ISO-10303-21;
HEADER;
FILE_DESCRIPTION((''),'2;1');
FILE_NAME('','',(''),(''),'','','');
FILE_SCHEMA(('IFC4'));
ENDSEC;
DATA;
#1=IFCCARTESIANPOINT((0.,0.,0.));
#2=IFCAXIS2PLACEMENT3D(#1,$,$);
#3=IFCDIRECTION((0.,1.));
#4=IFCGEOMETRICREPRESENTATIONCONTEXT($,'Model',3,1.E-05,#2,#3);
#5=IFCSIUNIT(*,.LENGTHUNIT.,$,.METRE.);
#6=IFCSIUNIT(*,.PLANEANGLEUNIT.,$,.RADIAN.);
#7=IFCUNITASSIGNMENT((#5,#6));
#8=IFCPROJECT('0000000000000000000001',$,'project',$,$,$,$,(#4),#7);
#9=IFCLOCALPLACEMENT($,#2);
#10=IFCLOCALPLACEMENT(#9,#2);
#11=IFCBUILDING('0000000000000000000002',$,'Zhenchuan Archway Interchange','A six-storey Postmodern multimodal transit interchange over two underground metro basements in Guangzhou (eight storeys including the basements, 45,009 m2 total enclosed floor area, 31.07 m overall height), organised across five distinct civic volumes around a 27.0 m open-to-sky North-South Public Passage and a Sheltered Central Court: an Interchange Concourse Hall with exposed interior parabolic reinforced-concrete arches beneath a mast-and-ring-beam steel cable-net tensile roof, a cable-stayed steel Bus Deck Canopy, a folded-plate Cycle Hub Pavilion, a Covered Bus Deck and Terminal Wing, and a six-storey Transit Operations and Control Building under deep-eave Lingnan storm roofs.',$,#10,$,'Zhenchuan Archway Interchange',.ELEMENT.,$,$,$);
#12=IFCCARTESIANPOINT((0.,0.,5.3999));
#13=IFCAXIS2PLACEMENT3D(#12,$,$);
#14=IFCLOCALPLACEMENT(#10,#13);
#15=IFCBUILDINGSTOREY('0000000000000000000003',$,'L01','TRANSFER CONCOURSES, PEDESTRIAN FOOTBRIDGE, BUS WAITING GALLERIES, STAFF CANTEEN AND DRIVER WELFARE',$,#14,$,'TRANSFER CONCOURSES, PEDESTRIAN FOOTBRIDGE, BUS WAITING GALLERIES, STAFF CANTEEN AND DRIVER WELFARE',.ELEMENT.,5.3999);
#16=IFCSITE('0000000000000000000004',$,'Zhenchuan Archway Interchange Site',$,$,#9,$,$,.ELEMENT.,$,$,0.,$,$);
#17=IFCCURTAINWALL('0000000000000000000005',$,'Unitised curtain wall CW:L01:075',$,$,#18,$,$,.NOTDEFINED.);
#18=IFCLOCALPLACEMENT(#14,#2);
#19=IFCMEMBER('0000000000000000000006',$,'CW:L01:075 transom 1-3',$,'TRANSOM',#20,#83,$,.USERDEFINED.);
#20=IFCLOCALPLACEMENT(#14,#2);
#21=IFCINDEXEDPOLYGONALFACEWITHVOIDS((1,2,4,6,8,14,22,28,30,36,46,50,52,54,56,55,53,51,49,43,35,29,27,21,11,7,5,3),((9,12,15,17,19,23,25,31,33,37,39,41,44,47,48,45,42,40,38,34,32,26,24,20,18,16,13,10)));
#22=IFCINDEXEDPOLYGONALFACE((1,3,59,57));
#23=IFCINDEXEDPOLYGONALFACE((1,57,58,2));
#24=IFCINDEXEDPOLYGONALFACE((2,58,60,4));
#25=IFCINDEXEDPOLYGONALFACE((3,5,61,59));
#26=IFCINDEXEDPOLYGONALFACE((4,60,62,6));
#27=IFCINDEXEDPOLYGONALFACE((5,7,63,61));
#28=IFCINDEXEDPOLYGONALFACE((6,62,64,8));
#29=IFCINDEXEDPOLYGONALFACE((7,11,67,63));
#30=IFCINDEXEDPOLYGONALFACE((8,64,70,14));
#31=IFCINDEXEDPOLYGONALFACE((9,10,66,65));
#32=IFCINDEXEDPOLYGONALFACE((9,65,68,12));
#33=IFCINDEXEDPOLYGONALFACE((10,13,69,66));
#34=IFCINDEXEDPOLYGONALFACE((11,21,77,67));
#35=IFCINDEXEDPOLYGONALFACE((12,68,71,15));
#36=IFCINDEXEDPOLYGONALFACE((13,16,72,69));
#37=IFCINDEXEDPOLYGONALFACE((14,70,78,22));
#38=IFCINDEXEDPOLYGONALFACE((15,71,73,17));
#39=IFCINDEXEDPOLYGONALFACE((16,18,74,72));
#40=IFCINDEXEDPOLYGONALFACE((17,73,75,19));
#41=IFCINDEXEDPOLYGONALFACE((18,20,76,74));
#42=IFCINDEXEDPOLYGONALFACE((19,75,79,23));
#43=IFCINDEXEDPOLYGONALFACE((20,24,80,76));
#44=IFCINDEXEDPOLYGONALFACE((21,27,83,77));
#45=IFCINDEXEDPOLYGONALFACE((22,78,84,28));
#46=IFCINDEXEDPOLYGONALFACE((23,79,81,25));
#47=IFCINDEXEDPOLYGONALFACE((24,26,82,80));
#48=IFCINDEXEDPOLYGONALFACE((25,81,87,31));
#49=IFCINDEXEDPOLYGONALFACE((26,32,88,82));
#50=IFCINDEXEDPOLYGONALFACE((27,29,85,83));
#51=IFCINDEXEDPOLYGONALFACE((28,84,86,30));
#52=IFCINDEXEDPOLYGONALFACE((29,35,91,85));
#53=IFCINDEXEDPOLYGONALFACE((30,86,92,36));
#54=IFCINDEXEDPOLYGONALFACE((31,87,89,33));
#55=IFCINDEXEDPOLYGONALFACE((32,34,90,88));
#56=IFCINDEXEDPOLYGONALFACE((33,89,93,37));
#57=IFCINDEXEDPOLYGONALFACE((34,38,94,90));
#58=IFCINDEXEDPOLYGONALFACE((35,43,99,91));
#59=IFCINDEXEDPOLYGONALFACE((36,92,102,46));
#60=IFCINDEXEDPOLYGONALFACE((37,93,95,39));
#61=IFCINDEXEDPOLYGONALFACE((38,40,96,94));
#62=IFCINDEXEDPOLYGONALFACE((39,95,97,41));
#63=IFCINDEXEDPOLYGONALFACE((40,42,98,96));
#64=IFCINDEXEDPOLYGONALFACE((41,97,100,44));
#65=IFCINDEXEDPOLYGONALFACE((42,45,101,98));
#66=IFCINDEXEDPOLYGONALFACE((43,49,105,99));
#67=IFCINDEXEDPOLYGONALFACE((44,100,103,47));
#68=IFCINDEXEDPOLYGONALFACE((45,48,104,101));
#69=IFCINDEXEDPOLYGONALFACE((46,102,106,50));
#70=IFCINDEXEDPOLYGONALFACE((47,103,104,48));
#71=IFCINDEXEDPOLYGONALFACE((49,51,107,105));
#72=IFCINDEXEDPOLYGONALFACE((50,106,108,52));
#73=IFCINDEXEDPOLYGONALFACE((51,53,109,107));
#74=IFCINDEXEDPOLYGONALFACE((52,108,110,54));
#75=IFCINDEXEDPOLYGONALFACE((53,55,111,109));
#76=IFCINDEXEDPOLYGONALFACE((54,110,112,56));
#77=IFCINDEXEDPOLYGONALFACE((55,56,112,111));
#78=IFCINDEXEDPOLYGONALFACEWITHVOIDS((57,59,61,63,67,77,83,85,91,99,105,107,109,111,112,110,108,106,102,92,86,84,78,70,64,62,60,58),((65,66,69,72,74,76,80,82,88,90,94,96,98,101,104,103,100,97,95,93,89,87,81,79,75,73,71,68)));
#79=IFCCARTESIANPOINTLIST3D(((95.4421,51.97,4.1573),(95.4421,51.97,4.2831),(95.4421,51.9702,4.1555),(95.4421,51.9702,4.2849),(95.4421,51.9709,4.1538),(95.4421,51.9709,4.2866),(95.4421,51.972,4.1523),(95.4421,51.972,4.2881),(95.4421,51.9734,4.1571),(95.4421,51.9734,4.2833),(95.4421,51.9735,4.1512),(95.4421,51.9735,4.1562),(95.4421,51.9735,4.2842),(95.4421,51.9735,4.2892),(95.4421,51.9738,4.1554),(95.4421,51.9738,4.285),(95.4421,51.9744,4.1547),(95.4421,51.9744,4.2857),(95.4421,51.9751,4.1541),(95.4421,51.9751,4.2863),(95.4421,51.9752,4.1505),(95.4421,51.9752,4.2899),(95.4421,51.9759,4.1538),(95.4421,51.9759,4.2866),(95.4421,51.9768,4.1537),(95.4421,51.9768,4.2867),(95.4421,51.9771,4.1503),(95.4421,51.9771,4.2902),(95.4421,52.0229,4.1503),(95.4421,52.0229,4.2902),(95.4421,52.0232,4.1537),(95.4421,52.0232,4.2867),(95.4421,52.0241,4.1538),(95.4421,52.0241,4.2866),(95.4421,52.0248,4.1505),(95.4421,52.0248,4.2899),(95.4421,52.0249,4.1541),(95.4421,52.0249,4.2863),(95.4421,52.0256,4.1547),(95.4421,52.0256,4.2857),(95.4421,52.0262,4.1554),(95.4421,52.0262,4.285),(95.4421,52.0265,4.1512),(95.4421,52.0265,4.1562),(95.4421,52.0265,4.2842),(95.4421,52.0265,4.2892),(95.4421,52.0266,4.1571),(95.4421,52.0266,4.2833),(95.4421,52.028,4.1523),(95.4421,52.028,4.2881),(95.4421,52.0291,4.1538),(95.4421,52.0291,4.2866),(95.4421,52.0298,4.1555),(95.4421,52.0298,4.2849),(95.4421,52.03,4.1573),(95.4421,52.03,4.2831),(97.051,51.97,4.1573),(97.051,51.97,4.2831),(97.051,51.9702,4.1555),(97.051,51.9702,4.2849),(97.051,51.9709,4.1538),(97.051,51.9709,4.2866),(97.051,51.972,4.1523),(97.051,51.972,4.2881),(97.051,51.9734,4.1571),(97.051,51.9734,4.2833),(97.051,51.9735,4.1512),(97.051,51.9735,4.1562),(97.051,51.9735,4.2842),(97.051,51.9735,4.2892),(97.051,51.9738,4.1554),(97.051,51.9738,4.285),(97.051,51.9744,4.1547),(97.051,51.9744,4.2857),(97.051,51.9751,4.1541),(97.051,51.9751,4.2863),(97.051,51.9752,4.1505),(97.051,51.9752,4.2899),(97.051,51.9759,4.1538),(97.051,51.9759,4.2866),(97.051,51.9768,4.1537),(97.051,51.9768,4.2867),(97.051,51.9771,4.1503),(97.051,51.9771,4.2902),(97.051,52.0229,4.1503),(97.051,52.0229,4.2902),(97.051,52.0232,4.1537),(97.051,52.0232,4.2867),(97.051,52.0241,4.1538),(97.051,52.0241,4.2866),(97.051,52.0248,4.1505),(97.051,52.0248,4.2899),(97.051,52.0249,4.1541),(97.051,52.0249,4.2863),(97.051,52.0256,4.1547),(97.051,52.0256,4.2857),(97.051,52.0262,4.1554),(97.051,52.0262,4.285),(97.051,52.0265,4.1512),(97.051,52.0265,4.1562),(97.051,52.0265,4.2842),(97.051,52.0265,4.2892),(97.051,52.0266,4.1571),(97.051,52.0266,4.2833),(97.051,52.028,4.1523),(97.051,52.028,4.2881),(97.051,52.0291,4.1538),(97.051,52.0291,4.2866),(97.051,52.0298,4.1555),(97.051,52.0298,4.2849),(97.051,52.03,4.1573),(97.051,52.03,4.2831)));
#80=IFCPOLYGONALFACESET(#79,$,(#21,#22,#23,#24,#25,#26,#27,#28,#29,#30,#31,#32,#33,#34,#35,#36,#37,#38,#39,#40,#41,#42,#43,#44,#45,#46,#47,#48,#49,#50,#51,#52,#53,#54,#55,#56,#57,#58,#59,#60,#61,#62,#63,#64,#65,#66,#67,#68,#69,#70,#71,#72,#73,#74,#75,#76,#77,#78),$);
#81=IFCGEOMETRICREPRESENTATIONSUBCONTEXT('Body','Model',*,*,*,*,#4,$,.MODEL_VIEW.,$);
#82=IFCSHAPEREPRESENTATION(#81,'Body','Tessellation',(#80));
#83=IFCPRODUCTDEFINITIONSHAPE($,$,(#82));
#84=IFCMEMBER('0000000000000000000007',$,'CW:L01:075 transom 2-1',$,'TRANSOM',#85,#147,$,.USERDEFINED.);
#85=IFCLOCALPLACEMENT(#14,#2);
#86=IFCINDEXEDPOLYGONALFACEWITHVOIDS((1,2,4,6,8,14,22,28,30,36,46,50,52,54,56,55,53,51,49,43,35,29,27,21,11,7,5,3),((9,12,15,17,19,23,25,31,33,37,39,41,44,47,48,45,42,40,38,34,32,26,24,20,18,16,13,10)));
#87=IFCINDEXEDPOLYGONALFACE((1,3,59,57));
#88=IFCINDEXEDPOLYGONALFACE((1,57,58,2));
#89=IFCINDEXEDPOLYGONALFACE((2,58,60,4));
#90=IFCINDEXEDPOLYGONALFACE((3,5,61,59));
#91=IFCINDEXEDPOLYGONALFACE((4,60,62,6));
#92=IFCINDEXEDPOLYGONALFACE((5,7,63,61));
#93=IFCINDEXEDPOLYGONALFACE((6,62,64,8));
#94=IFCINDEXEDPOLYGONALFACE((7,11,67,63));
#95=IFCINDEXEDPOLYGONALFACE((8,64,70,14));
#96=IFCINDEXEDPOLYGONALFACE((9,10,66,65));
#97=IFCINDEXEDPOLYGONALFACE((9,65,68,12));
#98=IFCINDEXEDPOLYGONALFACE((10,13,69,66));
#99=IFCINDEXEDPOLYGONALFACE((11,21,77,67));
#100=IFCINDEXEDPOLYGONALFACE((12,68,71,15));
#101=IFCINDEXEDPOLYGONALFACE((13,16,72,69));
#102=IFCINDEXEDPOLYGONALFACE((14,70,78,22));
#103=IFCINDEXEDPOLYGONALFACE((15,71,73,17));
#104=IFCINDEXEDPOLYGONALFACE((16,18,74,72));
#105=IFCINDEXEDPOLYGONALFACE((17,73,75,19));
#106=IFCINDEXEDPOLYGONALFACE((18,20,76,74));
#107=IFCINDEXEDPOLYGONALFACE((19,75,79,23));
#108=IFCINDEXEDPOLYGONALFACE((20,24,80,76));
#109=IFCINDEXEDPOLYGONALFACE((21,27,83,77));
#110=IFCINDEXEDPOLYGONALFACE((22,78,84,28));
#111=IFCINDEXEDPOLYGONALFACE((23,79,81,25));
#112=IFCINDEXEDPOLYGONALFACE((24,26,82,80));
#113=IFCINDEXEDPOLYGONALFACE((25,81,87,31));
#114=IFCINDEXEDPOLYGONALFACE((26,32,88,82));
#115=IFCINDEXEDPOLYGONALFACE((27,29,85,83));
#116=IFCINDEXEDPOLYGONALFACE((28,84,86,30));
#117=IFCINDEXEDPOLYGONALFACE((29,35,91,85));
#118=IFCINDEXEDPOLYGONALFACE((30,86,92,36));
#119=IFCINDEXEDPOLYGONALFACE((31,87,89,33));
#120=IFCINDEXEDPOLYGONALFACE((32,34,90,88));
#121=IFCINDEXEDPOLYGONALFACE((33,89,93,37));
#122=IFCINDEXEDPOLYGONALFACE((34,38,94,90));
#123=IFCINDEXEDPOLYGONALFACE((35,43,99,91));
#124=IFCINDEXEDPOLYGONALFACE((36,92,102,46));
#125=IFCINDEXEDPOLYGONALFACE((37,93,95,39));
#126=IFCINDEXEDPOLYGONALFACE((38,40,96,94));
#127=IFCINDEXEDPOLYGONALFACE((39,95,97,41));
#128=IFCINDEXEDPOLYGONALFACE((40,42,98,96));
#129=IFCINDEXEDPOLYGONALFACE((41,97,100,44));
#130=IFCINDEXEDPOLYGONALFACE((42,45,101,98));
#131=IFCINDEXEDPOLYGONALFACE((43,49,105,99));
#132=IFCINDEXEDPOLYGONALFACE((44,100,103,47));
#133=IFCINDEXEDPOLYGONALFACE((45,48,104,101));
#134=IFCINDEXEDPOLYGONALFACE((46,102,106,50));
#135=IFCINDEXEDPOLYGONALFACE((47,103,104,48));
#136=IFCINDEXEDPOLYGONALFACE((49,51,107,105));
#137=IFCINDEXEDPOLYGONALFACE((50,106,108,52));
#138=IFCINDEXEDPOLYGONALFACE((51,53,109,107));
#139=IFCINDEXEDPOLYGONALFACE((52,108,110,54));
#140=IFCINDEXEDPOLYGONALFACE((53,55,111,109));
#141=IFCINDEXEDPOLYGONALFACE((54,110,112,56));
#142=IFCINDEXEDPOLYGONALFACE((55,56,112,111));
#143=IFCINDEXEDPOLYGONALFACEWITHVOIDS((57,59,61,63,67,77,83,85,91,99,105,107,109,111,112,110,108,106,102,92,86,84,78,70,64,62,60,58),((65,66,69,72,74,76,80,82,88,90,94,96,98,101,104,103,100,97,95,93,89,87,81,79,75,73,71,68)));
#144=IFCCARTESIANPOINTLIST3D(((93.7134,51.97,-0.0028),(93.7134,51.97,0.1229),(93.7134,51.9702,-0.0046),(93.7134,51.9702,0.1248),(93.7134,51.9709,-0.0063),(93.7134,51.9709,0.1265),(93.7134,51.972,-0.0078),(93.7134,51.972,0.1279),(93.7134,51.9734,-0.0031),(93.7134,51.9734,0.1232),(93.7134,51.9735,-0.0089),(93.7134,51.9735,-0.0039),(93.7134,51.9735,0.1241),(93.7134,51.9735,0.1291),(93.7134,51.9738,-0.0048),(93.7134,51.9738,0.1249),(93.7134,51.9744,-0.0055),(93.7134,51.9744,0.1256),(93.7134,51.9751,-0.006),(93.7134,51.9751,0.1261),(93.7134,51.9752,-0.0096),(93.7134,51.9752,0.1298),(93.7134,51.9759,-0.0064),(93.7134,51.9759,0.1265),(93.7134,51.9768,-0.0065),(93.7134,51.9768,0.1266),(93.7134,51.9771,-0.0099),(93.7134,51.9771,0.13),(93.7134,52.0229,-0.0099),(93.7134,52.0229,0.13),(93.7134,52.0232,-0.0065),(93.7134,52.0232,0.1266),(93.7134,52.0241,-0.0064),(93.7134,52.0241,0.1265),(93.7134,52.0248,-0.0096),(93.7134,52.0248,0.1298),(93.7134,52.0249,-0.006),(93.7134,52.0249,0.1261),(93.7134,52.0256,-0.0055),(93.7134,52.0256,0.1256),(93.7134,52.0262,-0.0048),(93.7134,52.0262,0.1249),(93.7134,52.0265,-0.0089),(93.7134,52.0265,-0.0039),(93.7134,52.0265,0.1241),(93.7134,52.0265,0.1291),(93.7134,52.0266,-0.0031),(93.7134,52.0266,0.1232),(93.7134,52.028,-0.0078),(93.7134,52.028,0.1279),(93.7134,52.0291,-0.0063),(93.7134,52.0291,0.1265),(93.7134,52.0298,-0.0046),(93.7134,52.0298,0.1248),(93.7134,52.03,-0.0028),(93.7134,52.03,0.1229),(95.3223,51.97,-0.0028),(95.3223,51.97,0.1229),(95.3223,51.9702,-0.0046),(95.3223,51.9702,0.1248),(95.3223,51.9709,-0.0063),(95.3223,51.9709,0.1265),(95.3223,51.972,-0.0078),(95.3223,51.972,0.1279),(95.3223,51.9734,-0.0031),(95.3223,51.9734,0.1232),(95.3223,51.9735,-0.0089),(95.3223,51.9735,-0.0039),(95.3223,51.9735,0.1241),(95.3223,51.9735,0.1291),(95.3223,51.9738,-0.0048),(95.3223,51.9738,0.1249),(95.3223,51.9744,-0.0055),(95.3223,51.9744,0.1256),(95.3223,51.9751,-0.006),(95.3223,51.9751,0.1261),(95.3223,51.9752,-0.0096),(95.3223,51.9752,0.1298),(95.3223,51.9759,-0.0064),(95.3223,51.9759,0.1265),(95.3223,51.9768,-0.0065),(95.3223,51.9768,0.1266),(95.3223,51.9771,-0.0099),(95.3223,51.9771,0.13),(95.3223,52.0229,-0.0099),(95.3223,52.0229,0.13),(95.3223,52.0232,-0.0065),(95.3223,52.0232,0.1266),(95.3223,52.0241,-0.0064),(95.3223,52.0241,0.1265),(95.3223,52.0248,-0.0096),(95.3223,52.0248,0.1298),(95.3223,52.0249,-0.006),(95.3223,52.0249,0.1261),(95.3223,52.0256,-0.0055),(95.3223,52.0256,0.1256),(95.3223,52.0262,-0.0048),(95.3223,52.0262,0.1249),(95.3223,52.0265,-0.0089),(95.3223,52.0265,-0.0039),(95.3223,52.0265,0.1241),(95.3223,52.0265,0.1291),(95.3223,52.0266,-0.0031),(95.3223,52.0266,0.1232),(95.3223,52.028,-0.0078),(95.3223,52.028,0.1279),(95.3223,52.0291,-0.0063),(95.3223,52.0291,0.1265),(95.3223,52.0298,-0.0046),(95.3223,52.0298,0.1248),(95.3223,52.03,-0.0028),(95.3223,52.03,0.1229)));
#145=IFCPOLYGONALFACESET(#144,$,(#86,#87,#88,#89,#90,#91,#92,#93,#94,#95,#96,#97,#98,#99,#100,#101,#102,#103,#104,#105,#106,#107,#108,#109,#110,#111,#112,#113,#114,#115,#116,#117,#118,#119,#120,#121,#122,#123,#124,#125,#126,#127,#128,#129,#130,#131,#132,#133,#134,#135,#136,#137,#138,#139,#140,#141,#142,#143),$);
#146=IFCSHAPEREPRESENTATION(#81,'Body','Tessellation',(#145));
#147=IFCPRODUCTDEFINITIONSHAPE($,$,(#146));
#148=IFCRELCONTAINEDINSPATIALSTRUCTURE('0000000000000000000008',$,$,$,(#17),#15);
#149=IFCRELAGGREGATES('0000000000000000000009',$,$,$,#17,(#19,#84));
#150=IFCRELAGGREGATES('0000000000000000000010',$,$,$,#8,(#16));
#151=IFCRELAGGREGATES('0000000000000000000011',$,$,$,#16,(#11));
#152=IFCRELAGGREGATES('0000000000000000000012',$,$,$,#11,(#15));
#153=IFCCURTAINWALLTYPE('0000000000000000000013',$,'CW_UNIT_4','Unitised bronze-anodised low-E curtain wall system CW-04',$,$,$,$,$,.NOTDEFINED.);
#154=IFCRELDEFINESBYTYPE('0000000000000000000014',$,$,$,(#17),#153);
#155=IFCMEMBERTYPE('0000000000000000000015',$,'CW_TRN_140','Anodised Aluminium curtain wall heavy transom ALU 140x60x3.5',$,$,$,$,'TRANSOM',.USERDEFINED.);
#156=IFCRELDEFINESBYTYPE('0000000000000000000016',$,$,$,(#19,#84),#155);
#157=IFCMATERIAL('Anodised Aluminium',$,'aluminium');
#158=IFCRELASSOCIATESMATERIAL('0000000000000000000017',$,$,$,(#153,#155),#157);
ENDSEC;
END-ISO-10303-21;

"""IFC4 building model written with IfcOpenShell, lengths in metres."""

from ifc_helpers import new_model, si_unit, direction, frame, origin, origin_2d, place, context, subcontext, project, spatial, hollow_rectangle, extrude, material, material_profile, profile_set, type_object, element, aggregate, save


model = new_model("IFC4")

# Units and contexts
model_context = context("Model", 3, precision=1e-05, world=origin(), true_north=direction((0.0, 1.0)))
body_context = subcontext(model_context, "Body", "Model", "MODEL_VIEW")
ifc_project = project(units=[si_unit("LENGTHUNIT", "METRE"), si_unit("PLANEANGLEUNIT", "RADIAN")], contexts=[model_context])

# Site, building, storey
site_placement = place(None, origin())
site = spatial("IfcSite", under=ifc_project, at=site_placement, Name="Zhenchuan Archway Interchange Site", CompositionType="ELEMENT", RefElevation=0.0)
building_placement = place(site_placement, origin())
building = spatial("IfcBuilding", under=site, at=building_placement, Name="Zhenchuan Archway Interchange", Description="A six-storey Postmodern multimodal transit interchange over two underground metro basements in Guangzhou (eight storeys including the basements, 45,009 m2 total enclosed floor area, 31.07 m overall height), organised across five distinct civic volumes around a 27.0 m open-to-sky North-South Public Passage and a Sheltered Central Court: an Interchange Concourse Hall with exposed interior parabolic reinforced-concrete arches beneath a mast-and-ring-beam steel cable-net tensile roof, a cable-stayed steel Bus Deck Canopy, a folded-plate Cycle Hub Pavilion, a Covered Bus Deck and Terminal Wing, and a six-storey Transit Operations and Control Building under deep-eave Lingnan storm roofs.", LongName="Zhenchuan Archway Interchange", CompositionType="ELEMENT")
storey_placement = place(building_placement, frame((0.0, 0.0, 5.3999)))
storey = spatial("IfcBuildingStorey", under=building, at=storey_placement, Name="L01", Description="TRANSFER CONCOURSES, PEDESTRIAN FOOTBRIDGE, BUS WAITING GALLERIES, STAFF CANTEEN AND DRIVER WELFARE", LongName="TRANSFER CONCOURSES, PEDESTRIAN FOOTBRIDGE, BUS WAITING GALLERIES, STAFF CANTEEN AND DRIVER WELFARE", CompositionType="ELEMENT", Elevation=5.3999)

# Curtain wall, members
ifc_material_1 = material(Name="Anodised Aluminium", Category="aluminium")
curtain_wall_type = type_object("IfcCurtainWallType", Name="CW_UNIT_4", Description="Unitised bronze-anodised low-E curtain wall system CW-04", PredefinedType="NOTDEFINED", material=ifc_material_1)
curtain_wall_placement = place(storey_placement, origin())
curtain_wall = element("IfcCurtainWall", 1, at=curtain_wall_placement, inside=storey, type_object=curtain_wall_type, Name="Unitised curtain wall CW:L01:075", PredefinedType="NOTDEFINED")
ifc_material_profile_1 = material_profile(ifc_material_1, hollow_rectangle(XDim=0.0601, YDim=0.1399, WallThickness=0.0034, InnerFilletRadius=0.0034, OuterFilletRadius=0.0071, at=origin_2d()), Name="ALU 140x60x3.5")
ifc_profile_set_1 = profile_set([ifc_material_profile_1], Name="Anodised Aluminium")
member_type_1 = type_object("IfcMemberType", Name="CW_TRN_140", Description="Anodised Aluminium curtain wall heavy transom ALU 140x60x3.5", ElementType="TRANSOM", PredefinedType="USERDEFINED", material=ifc_profile_set_1)
member_1_placement = place(storey_placement, frame((97.051, 52.0, 4.2202), z_axis=(-1.0, 0.0, 0.0), x_axis=(0.0, -1.0, 0.0)))
member_1 = element("IfcMember", 2, at=member_1_placement, type_object=member_type_1, Name="CW:L01:075 transom 1-3", ObjectType="TRANSOM", PredefinedType="USERDEFINED", context=body_context, shape_type="SweptSolid", body=[
    extrude(hollow_rectangle(XDim=0.0601, YDim=0.1399, WallThickness=0.0034, InnerFilletRadius=0.0034, OuterFilletRadius=0.0071, at=origin_2d()), origin(), (0.0, 0.0, 1.0), 1.6089),
])
member_2_placement = place(storey_placement, frame((95.3223, 52.0, 0.0601), z_axis=(-1.0, 0.0, 0.0), x_axis=(0.0, -1.0, 0.0)))
member_2 = element("IfcMember", 3, at=member_2_placement, type_object=member_type_1, Name="CW:L01:075 transom 2-1", ObjectType="TRANSOM", PredefinedType="USERDEFINED", context=body_context, shape_type="SweptSolid", body=[
    extrude(hollow_rectangle(XDim=0.0601, YDim=0.1399, WallThickness=0.0034, InnerFilletRadius=0.0034, OuterFilletRadius=0.0071, at=origin_2d()), origin(), (0.0, 0.0, 1.0), 1.6089),
])

aggregate(curtain_wall, [member_1, member_2])

save(model, "model.ifc")
